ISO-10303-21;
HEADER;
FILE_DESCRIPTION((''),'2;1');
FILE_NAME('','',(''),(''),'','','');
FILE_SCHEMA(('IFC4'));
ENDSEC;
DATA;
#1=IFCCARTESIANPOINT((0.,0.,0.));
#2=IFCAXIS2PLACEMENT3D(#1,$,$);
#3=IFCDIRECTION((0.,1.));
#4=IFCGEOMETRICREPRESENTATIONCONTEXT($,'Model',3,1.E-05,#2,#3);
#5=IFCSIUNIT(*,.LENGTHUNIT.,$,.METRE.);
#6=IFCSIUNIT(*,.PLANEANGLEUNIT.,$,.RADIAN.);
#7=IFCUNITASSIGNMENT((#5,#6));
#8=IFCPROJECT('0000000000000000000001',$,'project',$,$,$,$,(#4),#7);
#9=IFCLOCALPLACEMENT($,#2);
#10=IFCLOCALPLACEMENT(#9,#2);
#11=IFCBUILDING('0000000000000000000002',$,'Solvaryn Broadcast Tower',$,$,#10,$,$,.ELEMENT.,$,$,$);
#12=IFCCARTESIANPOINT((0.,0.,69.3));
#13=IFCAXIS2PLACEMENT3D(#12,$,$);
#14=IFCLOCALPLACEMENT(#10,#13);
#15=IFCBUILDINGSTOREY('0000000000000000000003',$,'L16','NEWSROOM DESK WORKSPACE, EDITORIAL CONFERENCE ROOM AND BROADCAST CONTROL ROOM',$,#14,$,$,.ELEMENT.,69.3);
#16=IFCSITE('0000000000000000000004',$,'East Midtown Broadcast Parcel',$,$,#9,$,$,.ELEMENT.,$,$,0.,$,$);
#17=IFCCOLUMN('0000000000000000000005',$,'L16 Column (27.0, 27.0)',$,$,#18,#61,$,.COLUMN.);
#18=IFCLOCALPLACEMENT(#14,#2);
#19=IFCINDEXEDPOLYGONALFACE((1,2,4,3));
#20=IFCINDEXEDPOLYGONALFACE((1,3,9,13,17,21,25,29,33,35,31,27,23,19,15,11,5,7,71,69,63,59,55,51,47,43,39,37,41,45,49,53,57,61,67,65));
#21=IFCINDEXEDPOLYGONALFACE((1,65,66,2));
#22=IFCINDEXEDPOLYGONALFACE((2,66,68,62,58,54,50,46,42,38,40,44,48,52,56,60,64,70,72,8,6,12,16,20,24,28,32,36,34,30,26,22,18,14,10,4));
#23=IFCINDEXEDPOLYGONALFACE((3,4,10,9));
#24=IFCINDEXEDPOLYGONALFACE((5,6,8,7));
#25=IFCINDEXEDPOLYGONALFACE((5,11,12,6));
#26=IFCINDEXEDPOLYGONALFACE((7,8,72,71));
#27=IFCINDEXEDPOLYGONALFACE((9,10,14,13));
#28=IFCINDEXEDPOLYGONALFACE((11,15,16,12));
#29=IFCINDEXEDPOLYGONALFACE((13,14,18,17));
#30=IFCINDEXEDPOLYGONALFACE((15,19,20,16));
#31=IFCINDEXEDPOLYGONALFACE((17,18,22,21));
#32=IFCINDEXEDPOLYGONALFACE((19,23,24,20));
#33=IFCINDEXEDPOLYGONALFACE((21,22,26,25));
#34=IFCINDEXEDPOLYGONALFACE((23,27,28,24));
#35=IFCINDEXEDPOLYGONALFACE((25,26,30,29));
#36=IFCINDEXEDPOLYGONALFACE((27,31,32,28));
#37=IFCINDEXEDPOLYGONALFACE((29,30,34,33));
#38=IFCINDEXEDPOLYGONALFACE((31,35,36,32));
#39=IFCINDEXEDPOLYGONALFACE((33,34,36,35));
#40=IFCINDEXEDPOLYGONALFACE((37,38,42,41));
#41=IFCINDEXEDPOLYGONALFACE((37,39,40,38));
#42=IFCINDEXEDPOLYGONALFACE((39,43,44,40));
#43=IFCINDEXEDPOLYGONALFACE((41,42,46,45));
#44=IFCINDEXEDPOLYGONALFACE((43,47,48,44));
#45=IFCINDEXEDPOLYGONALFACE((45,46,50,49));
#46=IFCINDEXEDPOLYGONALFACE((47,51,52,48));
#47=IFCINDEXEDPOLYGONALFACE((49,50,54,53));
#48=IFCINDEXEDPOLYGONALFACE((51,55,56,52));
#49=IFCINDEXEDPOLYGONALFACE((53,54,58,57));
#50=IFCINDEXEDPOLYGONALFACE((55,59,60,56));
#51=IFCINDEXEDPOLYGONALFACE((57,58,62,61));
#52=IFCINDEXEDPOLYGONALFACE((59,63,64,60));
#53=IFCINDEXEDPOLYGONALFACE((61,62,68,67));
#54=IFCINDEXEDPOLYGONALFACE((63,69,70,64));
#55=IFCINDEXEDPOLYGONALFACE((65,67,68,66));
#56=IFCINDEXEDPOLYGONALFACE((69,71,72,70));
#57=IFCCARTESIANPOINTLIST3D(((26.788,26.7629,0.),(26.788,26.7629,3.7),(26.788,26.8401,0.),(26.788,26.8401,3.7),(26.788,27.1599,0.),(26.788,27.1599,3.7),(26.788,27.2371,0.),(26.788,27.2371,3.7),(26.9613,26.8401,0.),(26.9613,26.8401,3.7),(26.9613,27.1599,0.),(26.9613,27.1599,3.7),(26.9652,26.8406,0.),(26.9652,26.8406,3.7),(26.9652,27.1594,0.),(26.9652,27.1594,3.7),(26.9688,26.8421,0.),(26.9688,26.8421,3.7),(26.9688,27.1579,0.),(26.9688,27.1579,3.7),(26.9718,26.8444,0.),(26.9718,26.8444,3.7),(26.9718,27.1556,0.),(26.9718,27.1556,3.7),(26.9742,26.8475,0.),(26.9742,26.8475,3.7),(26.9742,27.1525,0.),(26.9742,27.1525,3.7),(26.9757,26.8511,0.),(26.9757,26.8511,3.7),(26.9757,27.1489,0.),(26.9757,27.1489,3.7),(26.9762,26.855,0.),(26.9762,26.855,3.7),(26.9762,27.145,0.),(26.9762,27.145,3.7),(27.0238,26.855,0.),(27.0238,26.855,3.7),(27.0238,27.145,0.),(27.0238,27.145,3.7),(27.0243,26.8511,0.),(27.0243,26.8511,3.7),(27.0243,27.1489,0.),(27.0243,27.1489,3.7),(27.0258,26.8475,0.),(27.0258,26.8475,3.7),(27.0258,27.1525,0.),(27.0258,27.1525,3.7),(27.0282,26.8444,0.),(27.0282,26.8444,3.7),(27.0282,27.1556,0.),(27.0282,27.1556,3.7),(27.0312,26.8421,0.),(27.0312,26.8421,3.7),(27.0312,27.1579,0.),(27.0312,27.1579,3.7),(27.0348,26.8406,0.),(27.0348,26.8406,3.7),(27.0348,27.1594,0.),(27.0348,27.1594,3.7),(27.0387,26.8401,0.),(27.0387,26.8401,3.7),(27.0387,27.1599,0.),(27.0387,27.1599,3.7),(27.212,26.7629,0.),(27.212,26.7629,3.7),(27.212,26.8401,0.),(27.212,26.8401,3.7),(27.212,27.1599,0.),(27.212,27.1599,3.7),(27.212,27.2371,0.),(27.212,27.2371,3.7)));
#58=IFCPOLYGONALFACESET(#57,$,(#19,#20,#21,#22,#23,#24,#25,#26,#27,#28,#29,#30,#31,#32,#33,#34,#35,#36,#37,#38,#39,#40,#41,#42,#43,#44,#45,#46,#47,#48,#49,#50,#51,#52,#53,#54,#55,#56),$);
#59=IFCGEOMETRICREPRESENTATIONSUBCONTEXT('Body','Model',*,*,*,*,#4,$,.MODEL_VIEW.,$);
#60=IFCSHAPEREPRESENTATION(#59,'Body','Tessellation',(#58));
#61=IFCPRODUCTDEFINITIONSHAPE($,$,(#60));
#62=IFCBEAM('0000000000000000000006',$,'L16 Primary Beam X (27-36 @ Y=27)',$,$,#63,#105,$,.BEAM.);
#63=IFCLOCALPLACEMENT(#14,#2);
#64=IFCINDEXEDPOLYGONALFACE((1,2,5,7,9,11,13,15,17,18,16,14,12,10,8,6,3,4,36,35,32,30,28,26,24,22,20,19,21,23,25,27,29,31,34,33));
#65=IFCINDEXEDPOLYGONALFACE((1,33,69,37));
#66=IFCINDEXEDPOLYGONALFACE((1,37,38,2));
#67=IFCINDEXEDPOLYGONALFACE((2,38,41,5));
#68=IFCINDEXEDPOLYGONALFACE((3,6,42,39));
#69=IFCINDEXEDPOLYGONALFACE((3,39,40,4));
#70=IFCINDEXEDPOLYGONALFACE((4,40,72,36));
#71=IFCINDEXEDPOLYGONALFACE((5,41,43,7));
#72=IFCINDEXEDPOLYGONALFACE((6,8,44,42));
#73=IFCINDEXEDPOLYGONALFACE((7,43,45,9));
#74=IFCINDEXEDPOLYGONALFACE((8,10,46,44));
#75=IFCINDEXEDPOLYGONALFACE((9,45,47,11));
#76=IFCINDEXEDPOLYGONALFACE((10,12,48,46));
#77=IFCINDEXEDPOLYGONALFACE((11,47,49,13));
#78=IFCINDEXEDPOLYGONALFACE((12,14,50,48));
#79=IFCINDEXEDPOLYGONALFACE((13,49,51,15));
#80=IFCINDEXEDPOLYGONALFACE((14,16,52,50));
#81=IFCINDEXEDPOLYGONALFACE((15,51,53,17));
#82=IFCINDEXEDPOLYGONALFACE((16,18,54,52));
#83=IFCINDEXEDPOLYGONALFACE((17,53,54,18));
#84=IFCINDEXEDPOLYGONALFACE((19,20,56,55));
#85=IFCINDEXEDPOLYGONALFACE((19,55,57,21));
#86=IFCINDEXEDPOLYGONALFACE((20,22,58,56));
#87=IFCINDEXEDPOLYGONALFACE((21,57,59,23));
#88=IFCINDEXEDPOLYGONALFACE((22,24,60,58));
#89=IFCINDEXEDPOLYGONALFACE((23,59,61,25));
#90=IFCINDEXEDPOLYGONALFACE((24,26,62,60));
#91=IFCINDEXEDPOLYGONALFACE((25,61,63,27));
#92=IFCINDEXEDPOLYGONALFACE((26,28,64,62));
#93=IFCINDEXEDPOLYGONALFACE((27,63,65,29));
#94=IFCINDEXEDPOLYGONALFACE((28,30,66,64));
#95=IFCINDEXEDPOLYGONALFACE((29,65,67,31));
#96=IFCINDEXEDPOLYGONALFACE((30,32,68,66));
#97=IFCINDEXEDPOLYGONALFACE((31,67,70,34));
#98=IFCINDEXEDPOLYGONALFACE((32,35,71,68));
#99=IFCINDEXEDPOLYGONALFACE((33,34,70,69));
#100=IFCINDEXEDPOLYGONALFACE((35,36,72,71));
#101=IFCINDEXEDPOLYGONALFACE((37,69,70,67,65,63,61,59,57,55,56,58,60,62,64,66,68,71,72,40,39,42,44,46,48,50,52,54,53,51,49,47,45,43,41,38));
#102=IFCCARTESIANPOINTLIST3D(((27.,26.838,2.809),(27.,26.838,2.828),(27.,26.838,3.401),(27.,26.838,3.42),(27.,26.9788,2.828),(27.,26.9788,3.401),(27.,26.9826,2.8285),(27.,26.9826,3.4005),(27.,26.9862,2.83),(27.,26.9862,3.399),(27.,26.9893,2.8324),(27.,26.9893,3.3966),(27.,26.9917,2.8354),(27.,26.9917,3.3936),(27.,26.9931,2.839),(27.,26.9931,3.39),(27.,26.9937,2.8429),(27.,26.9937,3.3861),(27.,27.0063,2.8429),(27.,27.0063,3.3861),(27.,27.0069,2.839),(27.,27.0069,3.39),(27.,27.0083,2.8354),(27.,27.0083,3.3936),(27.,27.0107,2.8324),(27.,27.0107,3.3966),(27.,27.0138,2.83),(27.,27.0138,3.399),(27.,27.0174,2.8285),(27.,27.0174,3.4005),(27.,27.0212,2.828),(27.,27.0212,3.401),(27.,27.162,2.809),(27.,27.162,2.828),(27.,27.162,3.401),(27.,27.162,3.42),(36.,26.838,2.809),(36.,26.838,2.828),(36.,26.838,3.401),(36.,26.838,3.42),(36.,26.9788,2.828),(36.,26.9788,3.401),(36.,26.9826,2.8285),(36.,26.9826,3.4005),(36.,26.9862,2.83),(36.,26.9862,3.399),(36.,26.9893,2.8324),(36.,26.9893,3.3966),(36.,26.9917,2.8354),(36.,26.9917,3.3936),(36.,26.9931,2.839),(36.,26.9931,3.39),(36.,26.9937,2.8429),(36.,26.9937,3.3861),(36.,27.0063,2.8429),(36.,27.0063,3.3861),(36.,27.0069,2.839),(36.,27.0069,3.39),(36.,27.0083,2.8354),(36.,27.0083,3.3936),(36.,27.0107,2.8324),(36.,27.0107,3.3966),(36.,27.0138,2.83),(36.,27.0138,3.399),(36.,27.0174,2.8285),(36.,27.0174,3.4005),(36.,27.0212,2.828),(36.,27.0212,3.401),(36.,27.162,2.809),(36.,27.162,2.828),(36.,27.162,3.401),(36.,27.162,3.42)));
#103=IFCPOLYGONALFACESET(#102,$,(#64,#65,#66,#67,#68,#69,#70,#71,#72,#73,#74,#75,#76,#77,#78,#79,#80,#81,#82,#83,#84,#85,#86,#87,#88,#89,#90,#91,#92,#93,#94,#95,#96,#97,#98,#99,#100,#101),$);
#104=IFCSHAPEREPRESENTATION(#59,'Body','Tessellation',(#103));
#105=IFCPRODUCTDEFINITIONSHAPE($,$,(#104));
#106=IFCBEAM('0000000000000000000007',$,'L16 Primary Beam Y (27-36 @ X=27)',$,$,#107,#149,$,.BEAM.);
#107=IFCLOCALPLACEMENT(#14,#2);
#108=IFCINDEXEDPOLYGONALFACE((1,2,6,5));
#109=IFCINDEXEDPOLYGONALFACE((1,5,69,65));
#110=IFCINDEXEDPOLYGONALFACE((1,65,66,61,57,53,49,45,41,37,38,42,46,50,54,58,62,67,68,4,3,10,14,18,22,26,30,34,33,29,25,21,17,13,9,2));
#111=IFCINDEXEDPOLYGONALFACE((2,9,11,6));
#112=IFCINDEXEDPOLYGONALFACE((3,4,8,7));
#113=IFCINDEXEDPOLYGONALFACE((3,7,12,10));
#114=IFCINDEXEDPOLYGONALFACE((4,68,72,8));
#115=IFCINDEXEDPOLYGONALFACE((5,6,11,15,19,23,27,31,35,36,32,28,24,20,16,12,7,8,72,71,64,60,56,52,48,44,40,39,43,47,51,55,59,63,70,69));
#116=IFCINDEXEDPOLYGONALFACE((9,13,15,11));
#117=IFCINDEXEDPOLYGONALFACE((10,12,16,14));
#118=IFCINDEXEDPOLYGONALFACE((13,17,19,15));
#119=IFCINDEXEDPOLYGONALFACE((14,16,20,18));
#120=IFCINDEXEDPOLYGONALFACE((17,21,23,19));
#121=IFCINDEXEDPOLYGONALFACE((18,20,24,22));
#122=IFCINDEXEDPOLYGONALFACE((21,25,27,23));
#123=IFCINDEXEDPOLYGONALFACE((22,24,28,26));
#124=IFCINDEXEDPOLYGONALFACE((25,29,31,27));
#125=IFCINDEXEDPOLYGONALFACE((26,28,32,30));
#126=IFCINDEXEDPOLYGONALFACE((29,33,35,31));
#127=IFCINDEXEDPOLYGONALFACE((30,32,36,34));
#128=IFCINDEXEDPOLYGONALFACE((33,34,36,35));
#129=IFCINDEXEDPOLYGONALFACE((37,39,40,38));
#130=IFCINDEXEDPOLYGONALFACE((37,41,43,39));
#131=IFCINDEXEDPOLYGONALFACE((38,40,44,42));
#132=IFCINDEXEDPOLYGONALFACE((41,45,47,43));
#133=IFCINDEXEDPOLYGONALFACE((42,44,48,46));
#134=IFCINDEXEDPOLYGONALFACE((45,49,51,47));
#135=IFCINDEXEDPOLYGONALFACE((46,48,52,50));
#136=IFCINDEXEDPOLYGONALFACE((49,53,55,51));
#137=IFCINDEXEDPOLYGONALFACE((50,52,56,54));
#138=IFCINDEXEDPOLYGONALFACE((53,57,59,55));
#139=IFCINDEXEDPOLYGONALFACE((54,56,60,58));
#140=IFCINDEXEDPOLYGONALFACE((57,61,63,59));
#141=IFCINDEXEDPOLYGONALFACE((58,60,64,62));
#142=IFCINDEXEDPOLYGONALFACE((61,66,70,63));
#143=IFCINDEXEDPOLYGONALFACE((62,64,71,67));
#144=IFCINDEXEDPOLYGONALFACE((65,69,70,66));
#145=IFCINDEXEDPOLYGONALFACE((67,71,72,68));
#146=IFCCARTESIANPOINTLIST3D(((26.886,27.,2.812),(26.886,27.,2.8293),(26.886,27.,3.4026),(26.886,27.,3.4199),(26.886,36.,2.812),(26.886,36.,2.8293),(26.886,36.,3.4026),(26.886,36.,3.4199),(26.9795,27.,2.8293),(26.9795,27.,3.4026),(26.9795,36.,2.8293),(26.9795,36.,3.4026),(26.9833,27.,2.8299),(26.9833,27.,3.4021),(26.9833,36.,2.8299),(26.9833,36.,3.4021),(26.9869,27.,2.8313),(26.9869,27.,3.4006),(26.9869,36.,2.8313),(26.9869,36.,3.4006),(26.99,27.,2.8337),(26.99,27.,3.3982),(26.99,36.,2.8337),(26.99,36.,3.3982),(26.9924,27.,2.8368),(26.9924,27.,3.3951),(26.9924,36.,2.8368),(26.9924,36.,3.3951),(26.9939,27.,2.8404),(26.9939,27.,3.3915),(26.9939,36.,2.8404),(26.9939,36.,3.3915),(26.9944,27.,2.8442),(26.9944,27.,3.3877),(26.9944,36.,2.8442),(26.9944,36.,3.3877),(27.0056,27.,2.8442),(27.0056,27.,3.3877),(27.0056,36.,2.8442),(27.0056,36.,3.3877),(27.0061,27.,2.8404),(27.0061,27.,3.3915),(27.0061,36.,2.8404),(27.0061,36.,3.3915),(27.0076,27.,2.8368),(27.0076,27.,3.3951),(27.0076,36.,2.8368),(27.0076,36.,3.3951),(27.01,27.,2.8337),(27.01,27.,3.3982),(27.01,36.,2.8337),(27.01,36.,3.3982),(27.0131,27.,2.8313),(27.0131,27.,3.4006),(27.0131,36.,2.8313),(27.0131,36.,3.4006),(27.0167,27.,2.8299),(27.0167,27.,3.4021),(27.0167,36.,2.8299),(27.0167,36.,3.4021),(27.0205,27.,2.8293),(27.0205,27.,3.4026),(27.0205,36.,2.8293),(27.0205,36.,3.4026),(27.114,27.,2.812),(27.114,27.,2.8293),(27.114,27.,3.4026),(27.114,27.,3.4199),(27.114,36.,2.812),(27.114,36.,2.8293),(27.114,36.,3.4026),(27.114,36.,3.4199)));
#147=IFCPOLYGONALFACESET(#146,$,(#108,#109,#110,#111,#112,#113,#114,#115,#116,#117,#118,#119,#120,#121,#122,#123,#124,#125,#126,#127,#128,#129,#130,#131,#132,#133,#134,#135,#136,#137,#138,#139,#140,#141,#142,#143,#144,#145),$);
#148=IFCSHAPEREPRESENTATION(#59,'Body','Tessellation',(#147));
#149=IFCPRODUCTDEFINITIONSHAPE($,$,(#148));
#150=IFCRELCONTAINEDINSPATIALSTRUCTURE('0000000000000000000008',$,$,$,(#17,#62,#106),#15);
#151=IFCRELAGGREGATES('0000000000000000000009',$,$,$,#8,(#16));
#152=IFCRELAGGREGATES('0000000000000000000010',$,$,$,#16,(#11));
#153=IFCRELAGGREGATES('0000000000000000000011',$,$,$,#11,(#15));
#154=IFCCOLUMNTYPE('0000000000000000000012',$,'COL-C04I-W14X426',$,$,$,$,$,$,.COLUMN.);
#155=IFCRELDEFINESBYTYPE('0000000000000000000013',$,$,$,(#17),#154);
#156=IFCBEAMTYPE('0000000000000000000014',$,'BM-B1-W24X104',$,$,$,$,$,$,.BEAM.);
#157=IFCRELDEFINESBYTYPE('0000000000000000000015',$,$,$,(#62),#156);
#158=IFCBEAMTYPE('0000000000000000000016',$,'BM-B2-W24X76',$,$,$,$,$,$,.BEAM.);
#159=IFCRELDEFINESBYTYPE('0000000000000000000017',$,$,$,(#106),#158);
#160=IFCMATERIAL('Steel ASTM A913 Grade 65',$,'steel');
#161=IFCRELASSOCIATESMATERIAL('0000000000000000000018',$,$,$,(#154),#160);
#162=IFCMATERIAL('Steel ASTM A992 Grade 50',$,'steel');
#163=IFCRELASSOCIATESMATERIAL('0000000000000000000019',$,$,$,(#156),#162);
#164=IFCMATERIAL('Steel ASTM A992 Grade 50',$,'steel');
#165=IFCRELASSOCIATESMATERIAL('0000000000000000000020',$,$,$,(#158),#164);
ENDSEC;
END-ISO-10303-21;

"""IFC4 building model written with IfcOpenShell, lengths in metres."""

from ifc_helpers import new_model, si_unit, direction, frame, origin, origin_2d, place, context, subcontext, project, spatial, i_section, extrude, material, material_profile, profile_set, type_object, element, save


model = new_model("IFC4")

# Units and contexts
model_context = context("Model", 3, precision=1e-05, world=origin(), true_north=direction((0.0, 1.0)))
body_context = subcontext(model_context, "Body", "Model", "MODEL_VIEW")
ifc_project = project(units=[si_unit("LENGTHUNIT", "METRE"), si_unit("PLANEANGLEUNIT", "RADIAN")], contexts=[model_context])

# Site, building, storey
site_placement = place(None, origin())
site = spatial("IfcSite", under=ifc_project, at=site_placement, Name="East Midtown Broadcast Parcel", CompositionType="ELEMENT", RefElevation=0.0)
building_placement = place(site_placement, origin())
building = spatial("IfcBuilding", under=site, at=building_placement, Name="Solvaryn Broadcast Tower", CompositionType="ELEMENT")
storey_placement = place(building_placement, frame((0.0, 0.0, 69.3)))
storey = spatial("IfcBuildingStorey", under=building, at=storey_placement, Name="L16", Description="NEWSROOM DESK WORKSPACE, EDITORIAL CONFERENCE ROOM AND BROADCAST CONTROL ROOM", CompositionType="ELEMENT", Elevation=69.3)

# Column
ifc_material_1 = material(Name="Steel ASTM A913 Grade 65", Category="steel")
ifc_material_profile_1 = material_profile(ifc_material_1, i_section(OverallWidth=0.4241, OverallDepth=0.4741, WebThickness=0.0476, FlangeThickness=0.0771, FilletRadius=0.0149, at=origin_2d()))
ifc_profile_set_1 = profile_set([ifc_material_profile_1], Name="Steel ASTM A913 Grade 65")
column_type = type_object("IfcColumnType", Name="COL-C04I-W14X426", PredefinedType="COLUMN", material=ifc_profile_set_1)
column_placement = place(storey_placement, frame((27.0, 27.0, 0.0), z_axis=(0.0, 0.0, 1.0), x_axis=(1.0, 0.0, 0.0)))
element("IfcColumn", 1, at=column_placement, inside=storey, type_object=column_type, Name="L16 Column (27.0, 27.0)", PredefinedType="COLUMN", context=body_context, shape_type="SweptSolid", body=[
    extrude(i_section(OverallWidth=0.4241, OverallDepth=0.4741, WebThickness=0.0476, FlangeThickness=0.0771, FilletRadius=0.0149, at=origin_2d()), origin(), (0.0, 0.0, 1.0), 3.7),
])

# Beams
ifc_material_2 = material(Name="Steel ASTM A992 Grade 50", Category="steel")
ifc_material_profile_2 = material_profile(ifc_material_2, i_section(OverallWidth=0.324, OverallDepth=0.6111, WebThickness=0.0127, FlangeThickness=0.019, FilletRadius=0.0149, at=origin_2d()))
ifc_profile_set_2 = profile_set([ifc_material_profile_2], Name="Steel ASTM A992 Grade 50")
beam_type_1 = type_object("IfcBeamType", Name="BM-B1-W24X104", PredefinedType="BEAM", material=ifc_profile_set_2)
beam_1_placement = place(storey_placement, frame((27.0, 27.0, 3.1145), z_axis=(1.0, 0.0, 0.0), x_axis=(0.0, 1.0, 0.0)))
element("IfcBeam", 2, at=beam_1_placement, inside=storey, type_object=beam_type_1, Name="L16 Primary Beam X (27-36 @ Y=27)", PredefinedType="BEAM", context=body_context, shape_type="SweptSolid", body=[
    extrude(i_section(OverallWidth=0.324, OverallDepth=0.6111, WebThickness=0.0127, FlangeThickness=0.019, FilletRadius=0.0149, at=origin_2d()), origin(), (0.0, 0.0, 1.0), 9.0),
])
ifc_material_3 = material(Name="Steel ASTM A992 Grade 50", Category="steel")
ifc_material_profile_3 = material_profile(ifc_material_3, i_section(OverallWidth=0.228, OverallDepth=0.6079, WebThickness=0.0112, FlangeThickness=0.0173, FilletRadius=0.0149, at=origin_2d()))
ifc_profile_set_3 = profile_set([ifc_material_profile_3], Name="Steel ASTM A992 Grade 50")
beam_type_2 = type_object("IfcBeamType", Name="BM-B2-W24X76", PredefinedType="BEAM", material=ifc_profile_set_3)
beam_2_placement = place(storey_placement, frame((27.0, 27.0, 3.116), z_axis=(0.0, 1.0, 0.0), x_axis=(-1.0, 0.0, 0.0)))
element("IfcBeam", 3, at=beam_2_placement, inside=storey, type_object=beam_type_2, Name="L16 Primary Beam Y (27-36 @ X=27)", PredefinedType="BEAM", context=body_context, shape_type="SweptSolid", body=[
    extrude(i_section(OverallWidth=0.228, OverallDepth=0.6079, WebThickness=0.0112, FlangeThickness=0.0173, FilletRadius=0.0149, at=origin_2d()), origin(), (0.0, 0.0, 1.0), 9.0),
])

save(model, "model.ifc")
